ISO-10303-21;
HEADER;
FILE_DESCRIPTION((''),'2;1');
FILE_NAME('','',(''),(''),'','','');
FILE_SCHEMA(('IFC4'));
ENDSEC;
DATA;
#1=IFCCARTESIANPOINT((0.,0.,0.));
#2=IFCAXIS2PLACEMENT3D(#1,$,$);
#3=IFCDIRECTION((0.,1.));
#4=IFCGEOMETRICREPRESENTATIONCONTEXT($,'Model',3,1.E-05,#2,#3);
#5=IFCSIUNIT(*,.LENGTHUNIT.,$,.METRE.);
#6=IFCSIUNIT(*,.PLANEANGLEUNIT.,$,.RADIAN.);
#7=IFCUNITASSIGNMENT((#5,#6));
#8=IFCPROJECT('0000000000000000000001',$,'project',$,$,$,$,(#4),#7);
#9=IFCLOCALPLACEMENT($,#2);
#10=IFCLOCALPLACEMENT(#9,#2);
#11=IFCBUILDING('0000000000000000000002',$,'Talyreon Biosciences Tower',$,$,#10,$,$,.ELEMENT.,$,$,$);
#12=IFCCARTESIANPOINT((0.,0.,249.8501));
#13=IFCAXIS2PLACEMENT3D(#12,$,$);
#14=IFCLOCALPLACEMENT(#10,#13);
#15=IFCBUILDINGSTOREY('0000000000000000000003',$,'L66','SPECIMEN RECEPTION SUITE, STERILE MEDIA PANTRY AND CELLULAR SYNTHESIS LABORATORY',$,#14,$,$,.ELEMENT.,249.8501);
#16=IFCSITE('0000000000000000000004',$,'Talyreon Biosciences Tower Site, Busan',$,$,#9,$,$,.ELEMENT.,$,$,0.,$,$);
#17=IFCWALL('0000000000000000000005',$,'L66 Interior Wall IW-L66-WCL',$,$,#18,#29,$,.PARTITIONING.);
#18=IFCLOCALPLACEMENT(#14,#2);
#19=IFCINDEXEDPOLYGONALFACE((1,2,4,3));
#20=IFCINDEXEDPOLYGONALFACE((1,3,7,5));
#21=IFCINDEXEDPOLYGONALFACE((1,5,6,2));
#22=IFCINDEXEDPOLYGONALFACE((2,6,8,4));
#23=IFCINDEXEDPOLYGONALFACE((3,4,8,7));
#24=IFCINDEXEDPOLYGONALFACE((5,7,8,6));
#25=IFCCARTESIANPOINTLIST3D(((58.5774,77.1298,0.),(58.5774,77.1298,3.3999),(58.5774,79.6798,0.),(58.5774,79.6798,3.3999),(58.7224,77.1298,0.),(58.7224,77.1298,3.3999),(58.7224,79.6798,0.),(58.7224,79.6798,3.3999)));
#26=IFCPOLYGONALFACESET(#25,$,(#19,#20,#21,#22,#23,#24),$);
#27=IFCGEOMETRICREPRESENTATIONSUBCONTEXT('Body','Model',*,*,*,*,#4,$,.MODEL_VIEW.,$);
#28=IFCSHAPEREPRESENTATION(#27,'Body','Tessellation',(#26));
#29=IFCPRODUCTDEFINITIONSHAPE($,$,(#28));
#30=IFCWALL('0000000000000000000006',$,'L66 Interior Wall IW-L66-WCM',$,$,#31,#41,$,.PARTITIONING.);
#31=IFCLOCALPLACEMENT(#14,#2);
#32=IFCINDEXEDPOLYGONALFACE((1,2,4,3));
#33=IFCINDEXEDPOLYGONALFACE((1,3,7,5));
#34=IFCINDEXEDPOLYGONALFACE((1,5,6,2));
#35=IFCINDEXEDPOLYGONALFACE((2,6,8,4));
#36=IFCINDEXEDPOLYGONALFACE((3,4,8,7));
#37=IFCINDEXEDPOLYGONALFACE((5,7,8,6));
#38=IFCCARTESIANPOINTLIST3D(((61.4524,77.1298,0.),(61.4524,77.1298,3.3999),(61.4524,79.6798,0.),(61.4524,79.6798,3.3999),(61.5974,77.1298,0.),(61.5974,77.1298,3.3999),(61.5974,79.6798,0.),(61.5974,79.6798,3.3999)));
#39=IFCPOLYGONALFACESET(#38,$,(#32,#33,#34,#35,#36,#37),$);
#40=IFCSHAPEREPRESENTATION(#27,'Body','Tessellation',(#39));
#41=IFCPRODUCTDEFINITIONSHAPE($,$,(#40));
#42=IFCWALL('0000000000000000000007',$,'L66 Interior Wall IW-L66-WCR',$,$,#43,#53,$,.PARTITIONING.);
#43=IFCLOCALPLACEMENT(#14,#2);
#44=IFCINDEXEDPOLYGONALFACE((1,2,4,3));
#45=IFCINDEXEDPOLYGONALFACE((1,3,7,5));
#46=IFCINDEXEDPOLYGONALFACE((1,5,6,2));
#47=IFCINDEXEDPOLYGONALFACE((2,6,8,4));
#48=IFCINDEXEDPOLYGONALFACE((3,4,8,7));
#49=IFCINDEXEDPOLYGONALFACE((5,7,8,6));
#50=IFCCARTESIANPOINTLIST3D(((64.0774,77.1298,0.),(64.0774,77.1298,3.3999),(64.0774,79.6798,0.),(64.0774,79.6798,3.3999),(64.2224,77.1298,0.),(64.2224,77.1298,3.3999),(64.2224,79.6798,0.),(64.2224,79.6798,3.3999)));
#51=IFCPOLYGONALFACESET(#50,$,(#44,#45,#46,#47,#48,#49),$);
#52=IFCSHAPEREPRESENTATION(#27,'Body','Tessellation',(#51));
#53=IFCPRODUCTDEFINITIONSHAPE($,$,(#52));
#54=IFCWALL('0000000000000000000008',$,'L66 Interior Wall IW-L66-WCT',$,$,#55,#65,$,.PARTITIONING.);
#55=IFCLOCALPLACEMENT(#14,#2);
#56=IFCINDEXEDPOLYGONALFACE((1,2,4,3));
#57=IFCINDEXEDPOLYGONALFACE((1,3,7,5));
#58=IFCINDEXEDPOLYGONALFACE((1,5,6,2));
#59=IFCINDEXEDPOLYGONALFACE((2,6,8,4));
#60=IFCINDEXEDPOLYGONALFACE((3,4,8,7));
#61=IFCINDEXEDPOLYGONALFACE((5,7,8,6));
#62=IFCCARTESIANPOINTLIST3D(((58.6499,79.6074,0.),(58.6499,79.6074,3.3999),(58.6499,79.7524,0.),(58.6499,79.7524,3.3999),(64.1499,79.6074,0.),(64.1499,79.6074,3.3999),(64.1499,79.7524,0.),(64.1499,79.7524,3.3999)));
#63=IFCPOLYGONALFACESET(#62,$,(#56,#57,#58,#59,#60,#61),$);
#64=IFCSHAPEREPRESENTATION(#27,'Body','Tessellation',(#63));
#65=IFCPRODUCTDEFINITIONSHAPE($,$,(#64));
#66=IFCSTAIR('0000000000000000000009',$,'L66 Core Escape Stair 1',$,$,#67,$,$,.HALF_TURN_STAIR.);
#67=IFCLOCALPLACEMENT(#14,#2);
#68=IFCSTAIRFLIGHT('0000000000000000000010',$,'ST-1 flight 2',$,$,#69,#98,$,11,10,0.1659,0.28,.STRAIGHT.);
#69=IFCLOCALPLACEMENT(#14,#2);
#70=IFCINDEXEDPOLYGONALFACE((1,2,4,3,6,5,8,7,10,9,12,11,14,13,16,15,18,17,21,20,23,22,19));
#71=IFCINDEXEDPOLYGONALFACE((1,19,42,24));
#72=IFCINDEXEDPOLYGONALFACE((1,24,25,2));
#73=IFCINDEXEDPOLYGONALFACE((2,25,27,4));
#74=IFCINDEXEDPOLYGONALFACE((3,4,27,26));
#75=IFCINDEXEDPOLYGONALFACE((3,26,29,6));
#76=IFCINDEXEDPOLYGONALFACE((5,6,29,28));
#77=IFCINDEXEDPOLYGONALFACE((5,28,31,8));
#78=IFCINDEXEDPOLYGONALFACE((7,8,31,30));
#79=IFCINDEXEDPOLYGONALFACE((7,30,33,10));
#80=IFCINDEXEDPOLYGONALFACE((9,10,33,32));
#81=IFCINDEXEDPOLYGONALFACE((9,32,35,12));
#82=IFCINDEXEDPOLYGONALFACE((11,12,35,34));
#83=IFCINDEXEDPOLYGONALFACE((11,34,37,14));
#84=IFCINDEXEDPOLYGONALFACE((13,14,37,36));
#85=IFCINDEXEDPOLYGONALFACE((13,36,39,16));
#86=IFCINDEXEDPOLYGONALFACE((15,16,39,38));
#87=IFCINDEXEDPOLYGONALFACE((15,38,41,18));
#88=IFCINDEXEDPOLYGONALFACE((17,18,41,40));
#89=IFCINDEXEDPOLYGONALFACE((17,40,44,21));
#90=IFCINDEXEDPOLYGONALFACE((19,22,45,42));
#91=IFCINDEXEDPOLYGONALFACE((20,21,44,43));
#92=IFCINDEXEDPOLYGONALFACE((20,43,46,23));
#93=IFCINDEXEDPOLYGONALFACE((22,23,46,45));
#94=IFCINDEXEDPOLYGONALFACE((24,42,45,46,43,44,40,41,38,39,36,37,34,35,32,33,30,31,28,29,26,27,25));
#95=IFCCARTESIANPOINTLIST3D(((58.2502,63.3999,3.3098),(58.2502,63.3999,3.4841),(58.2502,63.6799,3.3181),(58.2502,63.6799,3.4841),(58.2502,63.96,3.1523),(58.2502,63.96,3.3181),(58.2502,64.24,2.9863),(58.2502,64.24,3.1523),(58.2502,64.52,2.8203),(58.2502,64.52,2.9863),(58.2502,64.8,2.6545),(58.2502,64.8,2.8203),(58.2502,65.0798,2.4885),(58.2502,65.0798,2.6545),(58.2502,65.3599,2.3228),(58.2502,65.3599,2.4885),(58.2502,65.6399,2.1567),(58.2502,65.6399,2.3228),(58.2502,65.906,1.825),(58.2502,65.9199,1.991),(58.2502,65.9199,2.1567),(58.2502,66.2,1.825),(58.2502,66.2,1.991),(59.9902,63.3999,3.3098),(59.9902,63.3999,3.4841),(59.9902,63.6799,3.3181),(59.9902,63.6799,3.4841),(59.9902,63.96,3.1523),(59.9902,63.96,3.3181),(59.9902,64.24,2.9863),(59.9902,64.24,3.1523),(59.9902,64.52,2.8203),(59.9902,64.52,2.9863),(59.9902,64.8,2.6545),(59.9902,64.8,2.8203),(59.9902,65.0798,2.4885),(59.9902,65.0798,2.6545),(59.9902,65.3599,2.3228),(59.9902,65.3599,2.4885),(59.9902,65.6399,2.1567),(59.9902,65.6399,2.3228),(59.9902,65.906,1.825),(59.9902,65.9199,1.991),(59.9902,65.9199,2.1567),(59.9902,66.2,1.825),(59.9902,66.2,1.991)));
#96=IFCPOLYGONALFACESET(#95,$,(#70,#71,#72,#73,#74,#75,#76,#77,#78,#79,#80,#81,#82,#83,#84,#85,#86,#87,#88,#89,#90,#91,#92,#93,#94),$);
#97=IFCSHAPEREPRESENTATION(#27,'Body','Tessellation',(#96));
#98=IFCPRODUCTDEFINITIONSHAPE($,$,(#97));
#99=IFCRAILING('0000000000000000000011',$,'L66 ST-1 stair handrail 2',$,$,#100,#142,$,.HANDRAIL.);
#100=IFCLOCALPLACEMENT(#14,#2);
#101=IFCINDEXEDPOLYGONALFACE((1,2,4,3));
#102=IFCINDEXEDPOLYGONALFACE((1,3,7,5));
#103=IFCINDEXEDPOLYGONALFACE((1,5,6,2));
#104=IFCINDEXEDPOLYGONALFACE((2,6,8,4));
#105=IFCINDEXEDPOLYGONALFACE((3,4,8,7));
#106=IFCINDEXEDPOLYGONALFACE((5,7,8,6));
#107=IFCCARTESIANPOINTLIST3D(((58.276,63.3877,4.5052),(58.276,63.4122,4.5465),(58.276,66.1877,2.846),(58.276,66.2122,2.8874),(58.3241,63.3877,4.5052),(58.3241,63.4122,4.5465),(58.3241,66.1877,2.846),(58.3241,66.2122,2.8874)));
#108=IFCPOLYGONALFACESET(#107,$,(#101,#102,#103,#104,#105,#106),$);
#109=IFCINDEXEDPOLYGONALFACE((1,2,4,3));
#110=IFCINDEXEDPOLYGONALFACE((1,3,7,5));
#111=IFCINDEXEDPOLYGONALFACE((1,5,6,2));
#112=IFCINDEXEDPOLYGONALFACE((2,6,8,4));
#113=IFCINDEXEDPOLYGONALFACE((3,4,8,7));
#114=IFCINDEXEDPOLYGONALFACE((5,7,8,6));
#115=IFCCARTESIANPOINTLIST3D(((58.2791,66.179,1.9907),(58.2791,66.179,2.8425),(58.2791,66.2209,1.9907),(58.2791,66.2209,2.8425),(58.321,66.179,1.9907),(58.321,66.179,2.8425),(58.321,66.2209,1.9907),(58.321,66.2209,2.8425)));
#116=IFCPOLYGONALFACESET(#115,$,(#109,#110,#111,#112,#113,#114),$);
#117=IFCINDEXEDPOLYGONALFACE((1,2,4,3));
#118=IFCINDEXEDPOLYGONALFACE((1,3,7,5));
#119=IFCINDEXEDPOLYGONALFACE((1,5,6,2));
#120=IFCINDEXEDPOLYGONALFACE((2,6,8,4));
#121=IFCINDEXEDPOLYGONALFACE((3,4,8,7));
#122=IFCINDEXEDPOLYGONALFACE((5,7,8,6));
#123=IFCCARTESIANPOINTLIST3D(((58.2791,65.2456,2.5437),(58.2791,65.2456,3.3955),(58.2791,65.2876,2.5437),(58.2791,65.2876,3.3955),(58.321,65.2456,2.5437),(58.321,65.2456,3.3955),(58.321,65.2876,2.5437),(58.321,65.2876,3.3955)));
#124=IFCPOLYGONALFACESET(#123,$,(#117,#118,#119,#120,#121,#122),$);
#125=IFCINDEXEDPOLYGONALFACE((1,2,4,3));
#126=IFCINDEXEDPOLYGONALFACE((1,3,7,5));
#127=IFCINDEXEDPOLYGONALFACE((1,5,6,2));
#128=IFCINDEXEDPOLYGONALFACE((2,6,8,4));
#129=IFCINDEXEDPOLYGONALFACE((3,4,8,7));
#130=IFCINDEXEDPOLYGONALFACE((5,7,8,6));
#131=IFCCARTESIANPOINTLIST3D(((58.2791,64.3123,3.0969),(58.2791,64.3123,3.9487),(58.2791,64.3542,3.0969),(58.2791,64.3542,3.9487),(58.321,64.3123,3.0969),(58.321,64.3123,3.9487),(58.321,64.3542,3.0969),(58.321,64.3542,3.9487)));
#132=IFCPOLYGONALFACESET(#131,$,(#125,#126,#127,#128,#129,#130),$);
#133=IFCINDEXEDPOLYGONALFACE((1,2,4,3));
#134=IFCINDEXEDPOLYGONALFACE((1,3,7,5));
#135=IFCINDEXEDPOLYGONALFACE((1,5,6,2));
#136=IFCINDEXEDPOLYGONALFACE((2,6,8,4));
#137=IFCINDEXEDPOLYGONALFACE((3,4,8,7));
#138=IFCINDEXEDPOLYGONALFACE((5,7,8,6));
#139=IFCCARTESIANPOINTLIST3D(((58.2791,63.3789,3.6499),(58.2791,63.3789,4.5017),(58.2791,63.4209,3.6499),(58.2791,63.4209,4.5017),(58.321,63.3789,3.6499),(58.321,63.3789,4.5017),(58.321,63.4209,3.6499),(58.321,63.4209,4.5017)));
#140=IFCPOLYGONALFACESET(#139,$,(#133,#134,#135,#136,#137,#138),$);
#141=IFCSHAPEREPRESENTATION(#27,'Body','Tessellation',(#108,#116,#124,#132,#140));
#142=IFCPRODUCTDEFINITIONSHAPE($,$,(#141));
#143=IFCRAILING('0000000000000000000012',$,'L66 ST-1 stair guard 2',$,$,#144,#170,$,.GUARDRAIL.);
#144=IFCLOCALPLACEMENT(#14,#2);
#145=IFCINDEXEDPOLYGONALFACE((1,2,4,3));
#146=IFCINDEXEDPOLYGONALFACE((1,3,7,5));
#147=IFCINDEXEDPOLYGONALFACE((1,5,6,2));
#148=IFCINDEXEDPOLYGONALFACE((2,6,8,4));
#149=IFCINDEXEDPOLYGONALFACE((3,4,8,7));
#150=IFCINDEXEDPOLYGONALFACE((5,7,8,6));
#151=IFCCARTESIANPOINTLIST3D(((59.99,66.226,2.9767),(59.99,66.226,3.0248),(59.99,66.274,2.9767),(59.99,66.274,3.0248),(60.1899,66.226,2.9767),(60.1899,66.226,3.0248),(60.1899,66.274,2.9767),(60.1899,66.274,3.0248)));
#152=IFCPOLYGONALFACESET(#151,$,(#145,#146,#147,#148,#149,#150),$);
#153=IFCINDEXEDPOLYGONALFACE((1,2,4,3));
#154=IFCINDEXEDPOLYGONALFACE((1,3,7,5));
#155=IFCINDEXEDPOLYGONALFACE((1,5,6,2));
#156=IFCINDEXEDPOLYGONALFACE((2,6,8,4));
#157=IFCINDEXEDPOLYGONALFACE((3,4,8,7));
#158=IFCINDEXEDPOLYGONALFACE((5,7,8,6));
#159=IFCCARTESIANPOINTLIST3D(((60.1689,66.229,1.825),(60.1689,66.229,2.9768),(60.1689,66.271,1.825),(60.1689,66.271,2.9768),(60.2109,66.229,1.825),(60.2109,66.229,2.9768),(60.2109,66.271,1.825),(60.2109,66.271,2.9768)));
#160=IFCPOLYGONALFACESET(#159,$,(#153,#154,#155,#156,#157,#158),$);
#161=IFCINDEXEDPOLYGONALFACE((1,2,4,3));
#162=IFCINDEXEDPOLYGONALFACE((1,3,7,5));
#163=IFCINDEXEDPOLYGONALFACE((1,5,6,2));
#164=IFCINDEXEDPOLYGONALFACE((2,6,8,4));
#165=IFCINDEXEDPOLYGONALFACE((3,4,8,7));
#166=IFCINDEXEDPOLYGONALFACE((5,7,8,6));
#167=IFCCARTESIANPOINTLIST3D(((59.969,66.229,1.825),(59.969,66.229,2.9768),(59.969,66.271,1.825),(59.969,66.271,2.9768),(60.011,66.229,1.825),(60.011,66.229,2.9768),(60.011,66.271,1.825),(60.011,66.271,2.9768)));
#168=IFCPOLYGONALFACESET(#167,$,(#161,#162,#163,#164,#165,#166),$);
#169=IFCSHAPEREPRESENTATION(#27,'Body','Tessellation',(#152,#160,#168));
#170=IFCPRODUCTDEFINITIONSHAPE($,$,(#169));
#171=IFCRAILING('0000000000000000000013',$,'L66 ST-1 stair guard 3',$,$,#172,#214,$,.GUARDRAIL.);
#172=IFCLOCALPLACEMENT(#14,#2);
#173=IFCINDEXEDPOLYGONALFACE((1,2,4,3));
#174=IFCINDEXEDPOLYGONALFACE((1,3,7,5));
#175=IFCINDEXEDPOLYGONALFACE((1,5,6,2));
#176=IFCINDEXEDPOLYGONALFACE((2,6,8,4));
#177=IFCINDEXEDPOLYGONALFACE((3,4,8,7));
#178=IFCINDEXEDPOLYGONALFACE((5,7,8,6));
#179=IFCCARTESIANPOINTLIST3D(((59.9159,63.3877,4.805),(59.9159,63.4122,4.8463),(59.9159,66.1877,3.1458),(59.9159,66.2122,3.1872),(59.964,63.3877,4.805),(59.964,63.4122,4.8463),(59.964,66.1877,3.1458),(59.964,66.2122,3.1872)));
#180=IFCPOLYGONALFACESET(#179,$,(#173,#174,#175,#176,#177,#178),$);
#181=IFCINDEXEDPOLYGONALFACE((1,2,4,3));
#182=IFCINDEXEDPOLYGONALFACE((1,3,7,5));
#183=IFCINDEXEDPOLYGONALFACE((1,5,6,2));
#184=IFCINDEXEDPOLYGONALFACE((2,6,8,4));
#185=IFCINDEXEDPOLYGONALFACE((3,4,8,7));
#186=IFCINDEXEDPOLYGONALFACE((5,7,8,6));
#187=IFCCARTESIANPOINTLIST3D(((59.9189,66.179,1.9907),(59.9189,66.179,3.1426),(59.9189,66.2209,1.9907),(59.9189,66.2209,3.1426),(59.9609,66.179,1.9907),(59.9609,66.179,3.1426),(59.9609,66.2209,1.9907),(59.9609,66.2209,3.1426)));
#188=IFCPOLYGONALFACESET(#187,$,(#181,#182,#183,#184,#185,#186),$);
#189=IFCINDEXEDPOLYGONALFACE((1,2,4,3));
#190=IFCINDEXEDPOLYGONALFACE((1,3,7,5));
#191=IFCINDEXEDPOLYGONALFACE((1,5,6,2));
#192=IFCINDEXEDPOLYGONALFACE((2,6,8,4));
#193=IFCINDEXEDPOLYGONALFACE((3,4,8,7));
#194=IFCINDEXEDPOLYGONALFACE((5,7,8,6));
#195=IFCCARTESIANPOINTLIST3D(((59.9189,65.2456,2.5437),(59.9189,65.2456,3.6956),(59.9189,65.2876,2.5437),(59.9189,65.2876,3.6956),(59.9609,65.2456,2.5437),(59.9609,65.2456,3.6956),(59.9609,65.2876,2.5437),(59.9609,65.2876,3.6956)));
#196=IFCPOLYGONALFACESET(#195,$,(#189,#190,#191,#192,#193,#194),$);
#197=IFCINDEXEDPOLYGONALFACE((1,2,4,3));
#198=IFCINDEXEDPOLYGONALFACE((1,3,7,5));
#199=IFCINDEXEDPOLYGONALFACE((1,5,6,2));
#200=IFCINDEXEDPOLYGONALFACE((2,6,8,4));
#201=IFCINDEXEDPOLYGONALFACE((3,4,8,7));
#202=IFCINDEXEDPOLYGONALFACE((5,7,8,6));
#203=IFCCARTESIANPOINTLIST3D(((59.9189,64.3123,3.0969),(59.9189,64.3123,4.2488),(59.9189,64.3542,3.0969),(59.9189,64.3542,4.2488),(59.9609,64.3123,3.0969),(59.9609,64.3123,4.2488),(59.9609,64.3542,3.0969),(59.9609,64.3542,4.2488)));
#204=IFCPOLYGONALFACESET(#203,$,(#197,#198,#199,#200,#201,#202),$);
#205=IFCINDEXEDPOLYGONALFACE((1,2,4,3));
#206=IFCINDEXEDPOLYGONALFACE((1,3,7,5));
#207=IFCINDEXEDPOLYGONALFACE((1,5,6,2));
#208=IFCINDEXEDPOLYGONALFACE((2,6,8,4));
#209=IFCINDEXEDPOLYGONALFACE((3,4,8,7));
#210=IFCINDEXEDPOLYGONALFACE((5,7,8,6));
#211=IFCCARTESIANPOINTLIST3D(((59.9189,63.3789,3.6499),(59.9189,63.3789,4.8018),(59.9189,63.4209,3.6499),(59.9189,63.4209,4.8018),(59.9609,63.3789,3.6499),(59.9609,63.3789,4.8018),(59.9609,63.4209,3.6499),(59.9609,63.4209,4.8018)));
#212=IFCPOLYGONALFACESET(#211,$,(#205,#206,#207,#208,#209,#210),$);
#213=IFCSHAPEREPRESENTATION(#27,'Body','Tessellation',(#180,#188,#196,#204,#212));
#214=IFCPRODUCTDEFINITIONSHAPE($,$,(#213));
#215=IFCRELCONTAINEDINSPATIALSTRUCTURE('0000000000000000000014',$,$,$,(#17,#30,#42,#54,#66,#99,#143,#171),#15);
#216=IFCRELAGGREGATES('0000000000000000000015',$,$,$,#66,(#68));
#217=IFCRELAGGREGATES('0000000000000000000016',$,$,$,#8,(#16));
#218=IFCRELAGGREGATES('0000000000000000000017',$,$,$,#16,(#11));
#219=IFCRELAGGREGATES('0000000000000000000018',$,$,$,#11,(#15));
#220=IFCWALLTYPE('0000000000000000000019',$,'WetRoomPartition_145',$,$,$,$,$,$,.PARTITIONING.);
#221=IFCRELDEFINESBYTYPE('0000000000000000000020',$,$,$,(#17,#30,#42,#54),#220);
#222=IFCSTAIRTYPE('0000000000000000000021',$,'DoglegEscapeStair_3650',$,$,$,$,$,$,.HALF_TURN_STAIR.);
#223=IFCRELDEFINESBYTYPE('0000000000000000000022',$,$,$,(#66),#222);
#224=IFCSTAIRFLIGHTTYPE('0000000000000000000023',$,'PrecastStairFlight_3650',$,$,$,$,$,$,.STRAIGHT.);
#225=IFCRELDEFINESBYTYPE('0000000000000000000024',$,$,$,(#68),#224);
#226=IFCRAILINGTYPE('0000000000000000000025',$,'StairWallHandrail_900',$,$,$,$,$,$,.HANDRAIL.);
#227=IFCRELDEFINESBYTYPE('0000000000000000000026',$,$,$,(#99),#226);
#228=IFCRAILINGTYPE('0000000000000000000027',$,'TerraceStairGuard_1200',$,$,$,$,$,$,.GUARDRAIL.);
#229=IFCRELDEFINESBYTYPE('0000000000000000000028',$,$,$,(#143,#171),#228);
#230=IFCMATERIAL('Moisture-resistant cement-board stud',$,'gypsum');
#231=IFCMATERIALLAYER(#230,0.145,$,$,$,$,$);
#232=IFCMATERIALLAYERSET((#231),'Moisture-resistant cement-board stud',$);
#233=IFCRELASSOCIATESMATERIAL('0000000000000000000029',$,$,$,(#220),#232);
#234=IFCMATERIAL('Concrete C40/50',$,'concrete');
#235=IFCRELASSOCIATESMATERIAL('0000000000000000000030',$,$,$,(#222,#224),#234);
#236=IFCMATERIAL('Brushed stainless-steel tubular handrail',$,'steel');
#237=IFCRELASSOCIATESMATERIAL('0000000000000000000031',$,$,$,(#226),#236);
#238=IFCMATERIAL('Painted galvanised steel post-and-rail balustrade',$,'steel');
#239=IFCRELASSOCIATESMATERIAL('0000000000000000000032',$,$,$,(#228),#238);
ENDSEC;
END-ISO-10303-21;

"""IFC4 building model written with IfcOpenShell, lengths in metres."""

from ifc_helpers import new_model, si_unit, direction, frame, frame_2d, origin, origin_2d, place, context, subcontext, project, spatial, polyline, rectangle, outline, extrude, material, layer, layer_set, type_object, element, aggregate, save


model = new_model("IFC4")

# Units and contexts
model_context = context("Model", 3, precision=1e-05, world=origin(), true_north=direction((0.0, 1.0)))
body_context = subcontext(model_context, "Body", "Model", "MODEL_VIEW")
ifc_project = project(units=[si_unit("LENGTHUNIT", "METRE"), si_unit("PLANEANGLEUNIT", "RADIAN")], contexts=[model_context])

# Site, building, storey
site_placement = place(None, origin())
site = spatial("IfcSite", under=ifc_project, at=site_placement, Name="Talyreon Biosciences Tower Site, Busan", CompositionType="ELEMENT", RefElevation=0.0)
building_placement = place(site_placement, origin())
building = spatial("IfcBuilding", under=site, at=building_placement, Name="Talyreon Biosciences Tower", CompositionType="ELEMENT")
storey_placement = place(building_placement, frame((0.0, 0.0, 249.8501)))
storey = spatial("IfcBuildingStorey", under=building, at=storey_placement, Name="L66", Description="SPECIMEN RECEPTION SUITE, STERILE MEDIA PANTRY AND CELLULAR SYNTHESIS LABORATORY", CompositionType="ELEMENT", Elevation=249.8501)

# Walls
ifc_material_1 = material(Name="Moisture-resistant cement-board stud", Category="gypsum")
ifc_layer_1 = layer(ifc_material_1, 0.145)
ifc_layer_set_1 = layer_set([ifc_layer_1], Name="Moisture-resistant cement-board stud")
wall_type_1 = type_object("IfcWallType", Name="WetRoomPartition_145", PredefinedType="PARTITIONING", material=ifc_layer_set_1)
for number, where, z_axis, x_axis, name in (
    (1, (58.6499, 77.1299, 0.0), (0.0, 0.0, 1.0), (0.0, 1.0, 0.0), "L66 Interior Wall IW-L66-WCL"),
    (2, (61.5249, 77.1299, 0.0), (0.0, 0.0, 1.0), (0.0, 1.0, 0.0), "L66 Interior Wall IW-L66-WCM"),
    (3, (64.1499, 77.1299, 0.0), (0.0, 0.0, 1.0), (0.0, 1.0, 0.0), "L66 Interior Wall IW-L66-WCR"),
):
    element("IfcWall", number, at=place(storey_placement, frame(where, z_axis=z_axis, x_axis=x_axis)), inside=storey, type_object=wall_type_1, Name=name, PredefinedType="PARTITIONING", context=body_context, shape_type="SweptSolid", body=[
        extrude(rectangle(XDim=2.55, YDim=0.145, at=frame_2d((1.2749, 0.0))), origin(), (0.0, 0.0, 1.0), 3.3999),
    ])
wall_1_placement = place(storey_placement, frame((58.6499, 79.6799, 0.0), z_axis=(0.0, 0.0, 1.0), x_axis=(1.0, 0.0, 0.0)))
element("IfcWall", 4, at=wall_1_placement, inside=storey, type_object=wall_type_1, Name="L66 Interior Wall IW-L66-WCT", PredefinedType="PARTITIONING", context=body_context, shape_type="SweptSolid", body=[
    extrude(rectangle(XDim=5.5, YDim=0.145, at=frame_2d((2.75, 0.0))), origin(), (0.0, 0.0, 1.0), 3.3999),
])

# Stair, stair flight
ifc_material_2 = material(Name="Concrete C40/50", Category="concrete")
stair_type = type_object("IfcStairType", Name="DoglegEscapeStair_3650", PredefinedType="HALF_TURN_STAIR", material=ifc_material_2)
stair_placement = place(storey_placement, origin())
stair = element("IfcStair", 5, at=stair_placement, inside=storey, type_object=stair_type, Name="L66 Core Escape Stair 1", PredefinedType="HALF_TURN_STAIR")
stair_flight_type = type_object("IfcStairFlightType", Name="PrecastStairFlight_3650", PredefinedType="STRAIGHT", material=ifc_material_2)
stair_flight_placement = place(storey_placement, frame((59.1201, 66.2, 1.825), z_axis=(0.0, 0.0, 1.0), x_axis=(0.0, -1.0, 0.0)))
stair_flight = element("IfcStairFlight", 6, at=stair_flight_placement, type_object=stair_flight_type, Name="ST-1 flight 2", NumberOfRisers=11, NumberOfTreads=10, PredefinedType="STRAIGHT", RiserHeight=0.1659, TreadLength=0.28, context=body_context, shape_type="SweptSolid", body=[
    extrude(outline(polyline([(0.0, 0.0), (0.0, 0.166), (0.28, 0.166), (0.28, 0.3318), (0.5601, 0.3318), (0.5601, 0.4978), (0.8401, 0.4978), (0.8401, 0.6636), (1.1201, 0.6636), (1.1201, 0.8296), (1.3999, 0.8296), (1.3999, 0.9954), (1.6799, 0.9954), (1.6799, 1.1614), (1.96, 1.1614), (1.96, 1.3274), (2.24, 1.3274), (2.24, 1.4932), (2.52, 1.4932), (2.52, 1.6592), (2.8, 1.6592), (2.8, 1.825), (2.8, 1.4849), (0.2939, 0.0), (0.0, 0.0)])), frame((0.0, 0.8701, 0.0), z_axis=(0.0, -1.0, 0.0), x_axis=(1.0, 0.0, 0.0)), (0.0, 0.0, 1.0), 1.74),
])
aggregate(stair, [stair_flight])

# Railings
ifc_material_3 = material(Name="Brushed stainless-steel tubular handrail", Category="steel")
railing_type_1 = type_object("IfcRailingType", Name="StairWallHandrail_900", PredefinedType="HANDRAIL", material=ifc_material_3)
railing_1_placement = place(storey_placement, frame((58.3, 66.2, 1.9907)))
element("IfcRailing", 7, at=railing_1_placement, inside=storey, type_object=railing_type_1, Name="L66 ST-1 stair handrail 2", PredefinedType="HANDRAIL", context=body_context, shape_type="SweptSolid", body=[
    extrude(rectangle(XDim=0.0481, YDim=0.0481, at=origin_2d()), frame((0.0, 0.0, 0.876), z_axis=(0.0, -0.860306, 0.509778), x_axis=(1.0, 0.0, 0.0)), (0.0, 0.0, 1.0), 3.2546),
    extrude(rectangle(XDim=0.042, YDim=0.042, at=origin_2d()), origin(), (0.0, 0.0, 1.0), 0.8518),
    extrude(rectangle(XDim=0.042, YDim=0.042, at=origin_2d()), frame((0.0, -0.9333, 0.553)), (0.0, 0.0, 1.0), 0.8518),
    extrude(rectangle(XDim=0.042, YDim=0.042, at=origin_2d()), frame((0.0, -1.8667, 1.1062)), (0.0, 0.0, 1.0), 0.8518),
    extrude(rectangle(XDim=0.042, YDim=0.042, at=origin_2d()), frame((0.0, -2.8, 1.6592)), (0.0, 0.0, 1.0), 0.8518),
])
ifc_material_4 = material(Name="Painted galvanised steel post-and-rail balustrade", Category="steel")
railing_type_2 = type_object("IfcRailingType", Name="TerraceStairGuard_1200", PredefinedType="GUARDRAIL", material=ifc_material_4)
railing_2_placement = place(storey_placement, frame((60.1899, 66.25, 1.825)))
element("IfcRailing", 8, at=railing_2_placement, inside=storey, type_object=railing_type_2, Name="L66 ST-1 stair guard 2", PredefinedType="GUARDRAIL", context=body_context, shape_type="SweptSolid", body=[
    extrude(rectangle(XDim=0.0481, YDim=0.0481, at=origin_2d()), frame((0.0, 0.0, 1.1758), z_axis=(-1.0, 0.0, 0.0), x_axis=(0.0, -1.0, 0.0)), (0.0, 0.0, 1.0), 0.2),
    extrude(rectangle(XDim=0.042, YDim=0.042, at=origin_2d()), origin(), (0.0, 0.0, 1.0), 1.1519),
    extrude(rectangle(XDim=0.042, YDim=0.042, at=origin_2d()), frame((-0.2, 0.0, 0.0)), (0.0, 0.0, 1.0), 1.1519),
])
railing_3_placement = place(storey_placement, frame((59.9399, 66.2, 1.9907)))
element("IfcRailing", 9, at=railing_3_placement, inside=storey, type_object=railing_type_2, Name="L66 ST-1 stair guard 3", PredefinedType="GUARDRAIL", context=body_context, shape_type="SweptSolid", body=[
    extrude(rectangle(XDim=0.0481, YDim=0.0481, at=origin_2d()), frame((0.0, 0.0, 1.1758), z_axis=(0.0, -0.860306, 0.509778), x_axis=(1.0, 0.0, 0.0)), (0.0, 0.0, 1.0), 3.2546),
    extrude(rectangle(XDim=0.042, YDim=0.042, at=origin_2d()), origin(), (0.0, 0.0, 1.0), 1.1519),
    extrude(rectangle(XDim=0.042, YDim=0.042, at=origin_2d()), frame((0.0, -0.9333, 0.553)), (0.0, 0.0, 1.0), 1.1519),
    extrude(rectangle(XDim=0.042, YDim=0.042, at=origin_2d()), frame((0.0, -1.8667, 1.1062)), (0.0, 0.0, 1.0), 1.1519),
    extrude(rectangle(XDim=0.042, YDim=0.042, at=origin_2d()), frame((0.0, -2.8, 1.6592)), (0.0, 0.0, 1.0), 1.1519),
])

save(model, "model.ifc")
